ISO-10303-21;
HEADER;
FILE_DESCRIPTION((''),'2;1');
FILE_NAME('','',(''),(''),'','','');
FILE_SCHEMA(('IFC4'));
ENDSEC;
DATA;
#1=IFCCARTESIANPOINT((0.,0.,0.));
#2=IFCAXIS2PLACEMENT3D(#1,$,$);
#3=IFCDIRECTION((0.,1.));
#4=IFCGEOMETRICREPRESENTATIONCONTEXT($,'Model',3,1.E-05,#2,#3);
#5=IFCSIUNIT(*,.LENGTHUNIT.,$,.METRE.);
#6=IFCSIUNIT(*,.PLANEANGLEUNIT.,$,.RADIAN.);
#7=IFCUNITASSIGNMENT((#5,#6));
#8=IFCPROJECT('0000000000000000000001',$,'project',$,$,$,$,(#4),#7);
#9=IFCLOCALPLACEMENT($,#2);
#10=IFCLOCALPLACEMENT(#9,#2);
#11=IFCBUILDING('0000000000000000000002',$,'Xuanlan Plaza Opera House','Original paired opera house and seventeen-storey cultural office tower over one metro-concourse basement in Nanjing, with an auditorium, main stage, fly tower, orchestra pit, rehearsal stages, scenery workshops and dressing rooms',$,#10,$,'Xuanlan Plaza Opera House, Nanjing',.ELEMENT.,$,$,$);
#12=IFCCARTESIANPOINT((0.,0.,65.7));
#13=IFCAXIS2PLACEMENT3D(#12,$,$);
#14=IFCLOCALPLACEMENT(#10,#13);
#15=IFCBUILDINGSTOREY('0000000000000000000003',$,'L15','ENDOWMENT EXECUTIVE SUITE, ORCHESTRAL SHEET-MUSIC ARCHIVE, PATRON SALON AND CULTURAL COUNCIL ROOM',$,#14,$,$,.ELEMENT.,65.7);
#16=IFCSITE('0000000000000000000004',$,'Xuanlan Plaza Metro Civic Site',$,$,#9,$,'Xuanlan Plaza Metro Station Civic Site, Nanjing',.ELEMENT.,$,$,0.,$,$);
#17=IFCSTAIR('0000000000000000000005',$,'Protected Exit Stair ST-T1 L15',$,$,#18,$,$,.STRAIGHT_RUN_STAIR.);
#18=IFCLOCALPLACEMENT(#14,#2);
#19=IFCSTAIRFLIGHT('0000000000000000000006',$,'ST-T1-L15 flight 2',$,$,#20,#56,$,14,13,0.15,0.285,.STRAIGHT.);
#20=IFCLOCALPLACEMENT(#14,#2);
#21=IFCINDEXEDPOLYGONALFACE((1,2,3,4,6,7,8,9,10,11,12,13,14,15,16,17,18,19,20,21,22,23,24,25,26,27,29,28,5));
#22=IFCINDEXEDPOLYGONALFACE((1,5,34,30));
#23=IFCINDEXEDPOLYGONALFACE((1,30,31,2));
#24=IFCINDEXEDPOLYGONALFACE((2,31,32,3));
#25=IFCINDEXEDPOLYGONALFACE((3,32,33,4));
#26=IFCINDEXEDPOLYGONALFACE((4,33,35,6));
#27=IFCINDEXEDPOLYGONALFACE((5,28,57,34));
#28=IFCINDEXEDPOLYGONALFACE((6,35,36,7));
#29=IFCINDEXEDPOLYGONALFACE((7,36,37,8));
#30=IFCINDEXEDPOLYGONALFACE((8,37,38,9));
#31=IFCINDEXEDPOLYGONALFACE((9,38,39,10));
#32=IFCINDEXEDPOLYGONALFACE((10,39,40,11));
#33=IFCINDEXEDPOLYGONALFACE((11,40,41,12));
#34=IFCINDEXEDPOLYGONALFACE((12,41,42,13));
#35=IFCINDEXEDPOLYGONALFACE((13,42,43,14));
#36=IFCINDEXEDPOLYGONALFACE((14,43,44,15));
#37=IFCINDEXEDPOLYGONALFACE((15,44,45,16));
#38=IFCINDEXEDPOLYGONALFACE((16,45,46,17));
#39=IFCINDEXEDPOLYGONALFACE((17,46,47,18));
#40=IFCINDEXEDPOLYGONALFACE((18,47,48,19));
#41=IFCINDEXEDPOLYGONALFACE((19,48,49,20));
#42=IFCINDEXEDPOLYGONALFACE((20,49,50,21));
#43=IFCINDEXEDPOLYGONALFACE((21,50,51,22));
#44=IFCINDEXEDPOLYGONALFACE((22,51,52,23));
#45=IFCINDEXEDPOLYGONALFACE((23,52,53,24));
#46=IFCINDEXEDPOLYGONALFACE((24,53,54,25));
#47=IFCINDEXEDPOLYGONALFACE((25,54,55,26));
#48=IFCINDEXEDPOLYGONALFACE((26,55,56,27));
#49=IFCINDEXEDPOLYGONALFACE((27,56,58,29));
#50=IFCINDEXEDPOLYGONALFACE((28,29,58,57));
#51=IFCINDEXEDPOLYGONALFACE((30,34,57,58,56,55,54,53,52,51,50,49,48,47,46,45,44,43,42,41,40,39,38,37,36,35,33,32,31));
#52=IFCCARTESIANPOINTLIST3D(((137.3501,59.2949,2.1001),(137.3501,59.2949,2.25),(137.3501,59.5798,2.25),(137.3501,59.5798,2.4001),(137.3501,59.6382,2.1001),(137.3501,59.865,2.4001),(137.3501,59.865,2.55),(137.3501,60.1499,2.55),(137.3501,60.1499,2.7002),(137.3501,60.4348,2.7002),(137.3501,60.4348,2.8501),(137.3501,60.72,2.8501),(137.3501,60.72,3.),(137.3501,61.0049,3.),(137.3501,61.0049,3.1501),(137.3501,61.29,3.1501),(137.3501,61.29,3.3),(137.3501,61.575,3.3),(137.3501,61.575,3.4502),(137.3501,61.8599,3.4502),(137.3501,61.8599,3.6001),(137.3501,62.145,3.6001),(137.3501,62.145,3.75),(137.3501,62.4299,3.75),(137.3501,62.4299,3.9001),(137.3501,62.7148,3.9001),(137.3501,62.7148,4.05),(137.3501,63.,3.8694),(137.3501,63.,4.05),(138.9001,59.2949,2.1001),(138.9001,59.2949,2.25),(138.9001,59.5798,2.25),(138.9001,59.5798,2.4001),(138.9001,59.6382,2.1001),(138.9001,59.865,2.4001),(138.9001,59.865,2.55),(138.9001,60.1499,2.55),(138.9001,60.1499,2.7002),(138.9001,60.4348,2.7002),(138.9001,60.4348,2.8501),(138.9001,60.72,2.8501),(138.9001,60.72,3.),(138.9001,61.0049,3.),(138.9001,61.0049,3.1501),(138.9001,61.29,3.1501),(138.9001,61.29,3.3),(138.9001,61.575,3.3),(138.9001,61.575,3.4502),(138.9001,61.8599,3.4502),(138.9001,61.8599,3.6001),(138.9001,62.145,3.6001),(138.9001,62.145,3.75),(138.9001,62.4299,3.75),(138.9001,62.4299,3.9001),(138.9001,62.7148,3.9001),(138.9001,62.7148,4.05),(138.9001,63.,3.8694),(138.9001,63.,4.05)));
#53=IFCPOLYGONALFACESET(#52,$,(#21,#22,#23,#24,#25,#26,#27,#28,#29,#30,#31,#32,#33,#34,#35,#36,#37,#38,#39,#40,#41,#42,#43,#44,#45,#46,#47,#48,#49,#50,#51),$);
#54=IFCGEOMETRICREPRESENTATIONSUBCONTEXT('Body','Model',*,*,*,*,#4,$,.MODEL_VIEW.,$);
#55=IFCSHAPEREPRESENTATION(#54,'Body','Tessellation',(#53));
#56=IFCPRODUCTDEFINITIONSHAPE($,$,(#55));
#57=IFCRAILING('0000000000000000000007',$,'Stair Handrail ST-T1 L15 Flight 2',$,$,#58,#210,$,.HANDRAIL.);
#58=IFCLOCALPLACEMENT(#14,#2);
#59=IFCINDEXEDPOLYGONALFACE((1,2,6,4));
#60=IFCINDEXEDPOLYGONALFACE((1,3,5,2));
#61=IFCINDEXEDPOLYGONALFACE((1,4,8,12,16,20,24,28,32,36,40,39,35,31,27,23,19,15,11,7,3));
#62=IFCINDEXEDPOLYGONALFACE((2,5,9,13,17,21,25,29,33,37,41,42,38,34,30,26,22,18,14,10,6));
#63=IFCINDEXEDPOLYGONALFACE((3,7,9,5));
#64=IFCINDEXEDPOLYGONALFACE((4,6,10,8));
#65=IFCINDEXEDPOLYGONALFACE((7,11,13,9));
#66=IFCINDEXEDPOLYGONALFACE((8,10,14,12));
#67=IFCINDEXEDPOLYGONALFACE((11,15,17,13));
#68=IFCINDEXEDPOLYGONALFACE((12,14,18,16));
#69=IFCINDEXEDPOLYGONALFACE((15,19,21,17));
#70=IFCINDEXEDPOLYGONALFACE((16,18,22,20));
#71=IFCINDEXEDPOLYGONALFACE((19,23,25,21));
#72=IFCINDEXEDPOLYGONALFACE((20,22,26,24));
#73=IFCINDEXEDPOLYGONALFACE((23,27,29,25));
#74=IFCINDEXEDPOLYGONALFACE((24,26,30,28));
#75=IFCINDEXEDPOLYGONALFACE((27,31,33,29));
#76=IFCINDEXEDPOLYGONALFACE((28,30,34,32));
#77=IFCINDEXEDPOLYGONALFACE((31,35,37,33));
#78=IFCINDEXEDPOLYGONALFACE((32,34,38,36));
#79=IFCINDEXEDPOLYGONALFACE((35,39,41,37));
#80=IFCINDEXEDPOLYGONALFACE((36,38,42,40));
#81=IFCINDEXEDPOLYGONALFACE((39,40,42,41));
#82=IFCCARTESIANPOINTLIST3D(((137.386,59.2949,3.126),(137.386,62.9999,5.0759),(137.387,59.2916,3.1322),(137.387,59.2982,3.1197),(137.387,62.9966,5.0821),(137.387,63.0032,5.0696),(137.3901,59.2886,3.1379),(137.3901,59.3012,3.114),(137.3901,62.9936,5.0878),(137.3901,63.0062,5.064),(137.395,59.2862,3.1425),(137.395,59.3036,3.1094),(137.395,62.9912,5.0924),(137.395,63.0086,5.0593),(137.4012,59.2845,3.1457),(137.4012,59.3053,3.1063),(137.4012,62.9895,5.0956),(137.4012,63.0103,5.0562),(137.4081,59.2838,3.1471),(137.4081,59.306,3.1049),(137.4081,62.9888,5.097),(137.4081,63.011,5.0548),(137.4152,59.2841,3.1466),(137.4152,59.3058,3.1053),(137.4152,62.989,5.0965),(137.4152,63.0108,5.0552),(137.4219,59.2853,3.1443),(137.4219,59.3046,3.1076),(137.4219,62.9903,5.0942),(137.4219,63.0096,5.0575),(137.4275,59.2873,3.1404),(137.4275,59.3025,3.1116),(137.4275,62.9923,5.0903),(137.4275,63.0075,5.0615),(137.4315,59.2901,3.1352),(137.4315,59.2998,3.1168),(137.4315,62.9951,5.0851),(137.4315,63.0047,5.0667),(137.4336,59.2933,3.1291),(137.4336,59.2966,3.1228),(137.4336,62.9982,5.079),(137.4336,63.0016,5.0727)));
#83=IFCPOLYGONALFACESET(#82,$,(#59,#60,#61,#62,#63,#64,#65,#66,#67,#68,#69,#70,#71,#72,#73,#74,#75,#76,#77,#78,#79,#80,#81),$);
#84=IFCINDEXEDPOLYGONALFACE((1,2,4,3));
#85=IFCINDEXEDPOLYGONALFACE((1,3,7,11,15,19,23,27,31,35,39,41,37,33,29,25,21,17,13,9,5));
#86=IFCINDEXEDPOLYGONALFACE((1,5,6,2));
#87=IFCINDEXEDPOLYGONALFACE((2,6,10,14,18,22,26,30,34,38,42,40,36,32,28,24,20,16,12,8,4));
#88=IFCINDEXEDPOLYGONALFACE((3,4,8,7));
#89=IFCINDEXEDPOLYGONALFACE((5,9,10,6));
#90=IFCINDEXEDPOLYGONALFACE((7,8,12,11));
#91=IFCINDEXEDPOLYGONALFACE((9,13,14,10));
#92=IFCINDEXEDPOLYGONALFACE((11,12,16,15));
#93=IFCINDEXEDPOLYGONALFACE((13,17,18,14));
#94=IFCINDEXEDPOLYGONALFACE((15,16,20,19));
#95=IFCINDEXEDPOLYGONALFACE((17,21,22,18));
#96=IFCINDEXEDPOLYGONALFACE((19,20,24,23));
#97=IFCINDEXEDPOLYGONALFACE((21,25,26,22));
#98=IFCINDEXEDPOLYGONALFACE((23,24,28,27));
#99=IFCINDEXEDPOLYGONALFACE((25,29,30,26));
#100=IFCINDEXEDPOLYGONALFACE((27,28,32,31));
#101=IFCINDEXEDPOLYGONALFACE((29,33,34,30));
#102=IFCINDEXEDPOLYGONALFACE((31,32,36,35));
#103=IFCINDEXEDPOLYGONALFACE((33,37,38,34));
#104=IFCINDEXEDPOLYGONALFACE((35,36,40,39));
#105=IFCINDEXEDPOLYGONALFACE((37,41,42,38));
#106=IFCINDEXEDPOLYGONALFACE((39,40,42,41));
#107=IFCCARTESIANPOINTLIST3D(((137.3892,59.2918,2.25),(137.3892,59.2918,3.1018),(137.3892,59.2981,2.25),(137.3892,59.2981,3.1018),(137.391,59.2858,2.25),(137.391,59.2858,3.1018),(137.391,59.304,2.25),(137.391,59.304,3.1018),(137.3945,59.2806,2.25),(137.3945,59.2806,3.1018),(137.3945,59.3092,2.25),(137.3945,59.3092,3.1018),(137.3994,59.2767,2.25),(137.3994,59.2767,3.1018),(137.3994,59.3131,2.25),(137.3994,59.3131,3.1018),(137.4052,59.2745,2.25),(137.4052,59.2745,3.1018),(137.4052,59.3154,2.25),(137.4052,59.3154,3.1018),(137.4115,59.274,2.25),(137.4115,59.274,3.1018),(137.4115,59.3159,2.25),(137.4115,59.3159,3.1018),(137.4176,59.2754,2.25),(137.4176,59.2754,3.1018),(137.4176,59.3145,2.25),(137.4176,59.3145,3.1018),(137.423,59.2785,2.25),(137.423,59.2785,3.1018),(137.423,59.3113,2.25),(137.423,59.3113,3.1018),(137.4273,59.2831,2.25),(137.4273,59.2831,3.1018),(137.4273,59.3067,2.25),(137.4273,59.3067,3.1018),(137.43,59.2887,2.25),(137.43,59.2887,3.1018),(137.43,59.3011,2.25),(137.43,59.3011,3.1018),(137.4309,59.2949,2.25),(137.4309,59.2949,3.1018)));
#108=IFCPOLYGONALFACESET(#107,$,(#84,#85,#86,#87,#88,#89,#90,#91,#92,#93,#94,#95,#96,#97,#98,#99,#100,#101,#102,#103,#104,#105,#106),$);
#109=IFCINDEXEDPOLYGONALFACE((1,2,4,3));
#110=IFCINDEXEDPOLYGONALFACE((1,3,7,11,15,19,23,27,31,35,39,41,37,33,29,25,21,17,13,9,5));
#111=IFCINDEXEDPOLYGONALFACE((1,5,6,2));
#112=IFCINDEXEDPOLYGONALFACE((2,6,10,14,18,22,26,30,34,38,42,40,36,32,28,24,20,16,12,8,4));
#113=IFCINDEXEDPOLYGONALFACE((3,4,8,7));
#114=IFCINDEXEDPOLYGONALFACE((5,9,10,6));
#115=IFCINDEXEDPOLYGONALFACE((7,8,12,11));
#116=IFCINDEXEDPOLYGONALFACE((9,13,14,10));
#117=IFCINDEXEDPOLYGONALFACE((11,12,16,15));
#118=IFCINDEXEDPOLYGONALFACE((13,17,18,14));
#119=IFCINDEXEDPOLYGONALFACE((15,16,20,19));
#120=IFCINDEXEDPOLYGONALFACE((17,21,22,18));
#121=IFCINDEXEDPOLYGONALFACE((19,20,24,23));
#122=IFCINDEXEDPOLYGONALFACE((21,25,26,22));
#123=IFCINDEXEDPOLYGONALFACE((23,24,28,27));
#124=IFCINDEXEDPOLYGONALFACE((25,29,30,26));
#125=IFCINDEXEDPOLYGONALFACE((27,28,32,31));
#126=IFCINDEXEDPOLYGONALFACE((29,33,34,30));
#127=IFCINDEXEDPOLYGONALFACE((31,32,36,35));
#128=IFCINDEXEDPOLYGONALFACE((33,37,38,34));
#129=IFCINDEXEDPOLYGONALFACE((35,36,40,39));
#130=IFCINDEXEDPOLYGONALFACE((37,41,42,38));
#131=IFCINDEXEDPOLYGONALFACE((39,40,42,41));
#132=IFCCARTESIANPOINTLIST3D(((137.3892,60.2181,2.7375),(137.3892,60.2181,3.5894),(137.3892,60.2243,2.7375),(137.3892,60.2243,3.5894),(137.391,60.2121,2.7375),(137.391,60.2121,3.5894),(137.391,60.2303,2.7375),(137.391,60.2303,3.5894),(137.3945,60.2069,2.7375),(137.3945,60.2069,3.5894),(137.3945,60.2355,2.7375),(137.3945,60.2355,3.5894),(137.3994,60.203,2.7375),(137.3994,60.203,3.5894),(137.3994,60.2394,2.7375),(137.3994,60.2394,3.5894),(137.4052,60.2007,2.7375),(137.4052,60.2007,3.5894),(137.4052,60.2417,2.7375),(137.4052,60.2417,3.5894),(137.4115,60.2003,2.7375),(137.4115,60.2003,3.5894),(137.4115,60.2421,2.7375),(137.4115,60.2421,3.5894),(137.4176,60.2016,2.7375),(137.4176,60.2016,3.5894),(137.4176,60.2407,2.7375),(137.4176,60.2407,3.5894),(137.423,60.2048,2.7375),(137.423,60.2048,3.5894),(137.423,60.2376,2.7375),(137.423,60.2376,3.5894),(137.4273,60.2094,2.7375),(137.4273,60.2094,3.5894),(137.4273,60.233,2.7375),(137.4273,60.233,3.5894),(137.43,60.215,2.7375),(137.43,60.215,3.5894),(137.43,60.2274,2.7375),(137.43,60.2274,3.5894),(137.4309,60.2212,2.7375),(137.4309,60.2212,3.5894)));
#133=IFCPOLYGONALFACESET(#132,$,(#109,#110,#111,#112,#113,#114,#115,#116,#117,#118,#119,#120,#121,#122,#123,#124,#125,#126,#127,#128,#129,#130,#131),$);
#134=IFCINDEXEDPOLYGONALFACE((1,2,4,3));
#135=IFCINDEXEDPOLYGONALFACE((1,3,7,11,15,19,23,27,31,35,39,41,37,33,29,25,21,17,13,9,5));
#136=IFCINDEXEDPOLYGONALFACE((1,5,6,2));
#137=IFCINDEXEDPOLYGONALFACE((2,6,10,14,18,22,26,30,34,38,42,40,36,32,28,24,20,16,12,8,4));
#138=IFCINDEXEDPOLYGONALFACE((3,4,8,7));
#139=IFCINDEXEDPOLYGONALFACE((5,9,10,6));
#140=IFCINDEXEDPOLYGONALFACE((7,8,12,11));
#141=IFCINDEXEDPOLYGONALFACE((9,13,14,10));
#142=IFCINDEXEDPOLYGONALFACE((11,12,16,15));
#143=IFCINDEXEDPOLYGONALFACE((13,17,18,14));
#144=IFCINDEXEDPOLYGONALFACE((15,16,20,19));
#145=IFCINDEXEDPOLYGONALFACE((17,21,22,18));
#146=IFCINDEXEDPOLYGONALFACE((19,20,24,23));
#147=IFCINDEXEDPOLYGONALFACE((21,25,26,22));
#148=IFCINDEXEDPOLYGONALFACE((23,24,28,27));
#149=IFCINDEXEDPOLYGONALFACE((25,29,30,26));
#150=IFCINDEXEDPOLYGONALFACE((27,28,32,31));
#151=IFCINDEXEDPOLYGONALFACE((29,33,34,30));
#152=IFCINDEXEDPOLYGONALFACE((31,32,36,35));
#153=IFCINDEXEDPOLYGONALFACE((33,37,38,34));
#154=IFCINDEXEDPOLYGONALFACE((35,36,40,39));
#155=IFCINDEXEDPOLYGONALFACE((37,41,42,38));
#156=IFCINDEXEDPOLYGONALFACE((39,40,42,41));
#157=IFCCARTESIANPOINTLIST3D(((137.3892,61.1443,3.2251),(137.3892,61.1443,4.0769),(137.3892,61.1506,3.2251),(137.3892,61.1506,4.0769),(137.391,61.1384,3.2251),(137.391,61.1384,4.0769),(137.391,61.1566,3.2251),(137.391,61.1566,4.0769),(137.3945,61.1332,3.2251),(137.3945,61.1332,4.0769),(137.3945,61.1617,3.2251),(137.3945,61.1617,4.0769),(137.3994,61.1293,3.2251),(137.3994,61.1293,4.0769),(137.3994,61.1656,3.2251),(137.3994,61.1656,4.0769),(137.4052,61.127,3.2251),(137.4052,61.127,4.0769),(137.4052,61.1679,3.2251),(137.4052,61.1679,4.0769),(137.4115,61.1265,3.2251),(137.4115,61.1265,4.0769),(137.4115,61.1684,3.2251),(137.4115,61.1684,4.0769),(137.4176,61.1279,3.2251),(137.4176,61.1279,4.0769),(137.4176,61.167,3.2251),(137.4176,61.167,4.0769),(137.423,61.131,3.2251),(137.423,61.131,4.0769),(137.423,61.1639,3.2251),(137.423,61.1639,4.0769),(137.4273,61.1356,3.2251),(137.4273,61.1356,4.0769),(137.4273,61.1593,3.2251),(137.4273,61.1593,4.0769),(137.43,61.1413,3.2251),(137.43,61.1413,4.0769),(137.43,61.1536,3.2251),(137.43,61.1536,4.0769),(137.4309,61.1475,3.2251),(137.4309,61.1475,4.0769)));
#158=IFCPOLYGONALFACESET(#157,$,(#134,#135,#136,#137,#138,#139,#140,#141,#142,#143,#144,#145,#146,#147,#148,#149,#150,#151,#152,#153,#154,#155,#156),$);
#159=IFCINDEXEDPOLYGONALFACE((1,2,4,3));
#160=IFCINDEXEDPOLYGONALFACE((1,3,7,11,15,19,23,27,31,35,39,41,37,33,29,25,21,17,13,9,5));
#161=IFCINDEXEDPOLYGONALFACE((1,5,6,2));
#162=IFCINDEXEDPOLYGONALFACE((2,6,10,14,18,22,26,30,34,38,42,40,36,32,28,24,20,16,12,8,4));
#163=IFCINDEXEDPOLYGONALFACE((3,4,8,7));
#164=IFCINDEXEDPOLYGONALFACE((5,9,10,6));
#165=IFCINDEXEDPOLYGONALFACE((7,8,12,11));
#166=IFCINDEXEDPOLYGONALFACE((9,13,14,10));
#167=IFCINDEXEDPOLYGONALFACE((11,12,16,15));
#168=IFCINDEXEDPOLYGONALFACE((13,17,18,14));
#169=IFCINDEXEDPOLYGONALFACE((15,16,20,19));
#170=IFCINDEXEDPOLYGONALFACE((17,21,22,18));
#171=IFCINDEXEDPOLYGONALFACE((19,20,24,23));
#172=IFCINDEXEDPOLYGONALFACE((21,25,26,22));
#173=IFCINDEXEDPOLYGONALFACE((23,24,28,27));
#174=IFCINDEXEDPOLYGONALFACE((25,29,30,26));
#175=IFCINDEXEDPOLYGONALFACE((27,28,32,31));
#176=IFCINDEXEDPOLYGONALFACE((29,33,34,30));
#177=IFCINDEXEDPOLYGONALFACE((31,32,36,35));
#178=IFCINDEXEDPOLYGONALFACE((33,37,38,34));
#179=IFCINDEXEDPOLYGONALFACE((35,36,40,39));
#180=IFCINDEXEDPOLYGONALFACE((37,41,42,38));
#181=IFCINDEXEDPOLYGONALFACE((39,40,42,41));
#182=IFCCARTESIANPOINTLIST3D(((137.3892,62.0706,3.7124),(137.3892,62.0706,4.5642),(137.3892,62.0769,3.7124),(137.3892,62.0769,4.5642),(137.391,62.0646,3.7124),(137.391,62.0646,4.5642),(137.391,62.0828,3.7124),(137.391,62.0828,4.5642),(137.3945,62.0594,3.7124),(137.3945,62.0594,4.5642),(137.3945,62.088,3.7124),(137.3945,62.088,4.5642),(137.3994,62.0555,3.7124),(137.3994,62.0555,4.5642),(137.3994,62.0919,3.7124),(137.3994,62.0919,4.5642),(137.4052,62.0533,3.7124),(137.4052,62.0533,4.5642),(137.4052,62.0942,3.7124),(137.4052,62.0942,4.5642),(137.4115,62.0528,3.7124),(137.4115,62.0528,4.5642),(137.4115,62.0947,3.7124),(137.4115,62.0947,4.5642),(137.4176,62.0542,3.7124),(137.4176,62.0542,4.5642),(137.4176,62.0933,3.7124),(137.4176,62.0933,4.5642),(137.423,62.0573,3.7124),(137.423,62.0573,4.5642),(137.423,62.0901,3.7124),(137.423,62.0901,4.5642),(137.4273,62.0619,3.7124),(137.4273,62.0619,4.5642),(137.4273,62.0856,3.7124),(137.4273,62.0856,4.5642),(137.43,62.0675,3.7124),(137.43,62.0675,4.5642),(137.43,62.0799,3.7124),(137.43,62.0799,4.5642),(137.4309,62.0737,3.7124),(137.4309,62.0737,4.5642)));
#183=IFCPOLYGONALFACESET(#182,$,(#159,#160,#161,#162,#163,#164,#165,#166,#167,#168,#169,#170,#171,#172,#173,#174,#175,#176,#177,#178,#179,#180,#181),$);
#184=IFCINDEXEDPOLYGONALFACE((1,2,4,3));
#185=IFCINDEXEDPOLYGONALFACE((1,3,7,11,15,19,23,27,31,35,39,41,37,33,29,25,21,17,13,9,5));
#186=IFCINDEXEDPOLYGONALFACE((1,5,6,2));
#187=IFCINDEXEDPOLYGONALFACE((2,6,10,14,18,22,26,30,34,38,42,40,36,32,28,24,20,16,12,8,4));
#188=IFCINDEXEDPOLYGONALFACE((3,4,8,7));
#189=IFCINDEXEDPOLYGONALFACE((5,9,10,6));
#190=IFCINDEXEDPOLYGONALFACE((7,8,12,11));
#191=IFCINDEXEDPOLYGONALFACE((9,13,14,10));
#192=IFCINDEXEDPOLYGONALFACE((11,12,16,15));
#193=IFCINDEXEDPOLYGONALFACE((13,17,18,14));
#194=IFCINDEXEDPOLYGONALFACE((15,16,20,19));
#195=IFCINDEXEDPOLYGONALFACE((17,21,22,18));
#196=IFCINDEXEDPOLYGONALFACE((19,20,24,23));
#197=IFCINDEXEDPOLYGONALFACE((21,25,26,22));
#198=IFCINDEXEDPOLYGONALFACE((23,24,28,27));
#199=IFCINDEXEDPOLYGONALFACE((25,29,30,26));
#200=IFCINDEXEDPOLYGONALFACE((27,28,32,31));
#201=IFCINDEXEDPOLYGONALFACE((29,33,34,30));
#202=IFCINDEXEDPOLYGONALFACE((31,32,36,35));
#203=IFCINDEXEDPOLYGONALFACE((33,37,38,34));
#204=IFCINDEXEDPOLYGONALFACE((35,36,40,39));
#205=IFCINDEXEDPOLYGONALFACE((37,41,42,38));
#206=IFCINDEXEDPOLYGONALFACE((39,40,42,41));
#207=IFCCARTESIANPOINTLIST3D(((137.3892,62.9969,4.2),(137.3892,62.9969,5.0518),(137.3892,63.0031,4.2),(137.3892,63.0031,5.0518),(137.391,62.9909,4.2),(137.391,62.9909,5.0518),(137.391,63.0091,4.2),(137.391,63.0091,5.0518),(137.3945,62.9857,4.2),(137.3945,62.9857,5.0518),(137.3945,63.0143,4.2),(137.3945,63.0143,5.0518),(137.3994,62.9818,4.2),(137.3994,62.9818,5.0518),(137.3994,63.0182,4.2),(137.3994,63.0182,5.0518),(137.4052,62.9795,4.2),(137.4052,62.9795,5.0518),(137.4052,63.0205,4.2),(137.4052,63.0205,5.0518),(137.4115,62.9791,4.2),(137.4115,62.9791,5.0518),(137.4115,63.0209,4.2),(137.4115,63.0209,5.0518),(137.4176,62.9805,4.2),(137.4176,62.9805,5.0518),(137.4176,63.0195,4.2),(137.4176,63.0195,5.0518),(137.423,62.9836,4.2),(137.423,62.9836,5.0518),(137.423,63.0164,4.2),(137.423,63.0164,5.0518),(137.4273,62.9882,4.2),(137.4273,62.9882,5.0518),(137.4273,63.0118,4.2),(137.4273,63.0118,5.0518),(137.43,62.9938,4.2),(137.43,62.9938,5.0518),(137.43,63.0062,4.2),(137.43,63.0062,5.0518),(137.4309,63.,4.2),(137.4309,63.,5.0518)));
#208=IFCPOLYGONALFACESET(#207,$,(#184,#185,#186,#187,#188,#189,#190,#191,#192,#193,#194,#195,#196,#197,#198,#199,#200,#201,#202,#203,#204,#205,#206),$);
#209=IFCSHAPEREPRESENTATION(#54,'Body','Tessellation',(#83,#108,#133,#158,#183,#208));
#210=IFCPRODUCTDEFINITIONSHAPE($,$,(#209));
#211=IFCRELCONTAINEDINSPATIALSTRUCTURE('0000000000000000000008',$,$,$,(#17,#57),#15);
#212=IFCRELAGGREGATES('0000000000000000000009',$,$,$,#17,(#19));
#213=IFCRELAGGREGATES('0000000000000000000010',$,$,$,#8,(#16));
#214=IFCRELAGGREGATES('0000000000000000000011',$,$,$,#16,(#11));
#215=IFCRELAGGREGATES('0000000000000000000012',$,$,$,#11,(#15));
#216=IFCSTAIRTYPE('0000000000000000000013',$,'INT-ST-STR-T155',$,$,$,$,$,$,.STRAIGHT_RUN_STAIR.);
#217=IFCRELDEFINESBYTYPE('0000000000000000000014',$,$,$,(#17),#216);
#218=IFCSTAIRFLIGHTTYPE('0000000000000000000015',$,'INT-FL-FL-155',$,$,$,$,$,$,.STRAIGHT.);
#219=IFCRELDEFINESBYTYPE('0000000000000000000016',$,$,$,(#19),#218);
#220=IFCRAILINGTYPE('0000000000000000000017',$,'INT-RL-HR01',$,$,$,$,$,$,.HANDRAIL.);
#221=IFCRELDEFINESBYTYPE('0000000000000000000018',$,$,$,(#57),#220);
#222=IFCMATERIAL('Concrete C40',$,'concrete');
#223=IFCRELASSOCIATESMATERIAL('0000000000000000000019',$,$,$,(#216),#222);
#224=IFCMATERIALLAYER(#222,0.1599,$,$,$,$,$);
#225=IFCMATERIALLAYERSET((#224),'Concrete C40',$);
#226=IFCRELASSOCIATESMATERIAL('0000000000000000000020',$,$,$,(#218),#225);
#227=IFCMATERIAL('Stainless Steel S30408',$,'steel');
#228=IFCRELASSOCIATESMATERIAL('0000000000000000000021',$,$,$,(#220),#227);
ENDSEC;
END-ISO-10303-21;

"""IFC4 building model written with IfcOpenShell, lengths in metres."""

from ifc_helpers import new_model, si_unit, direction, frame, origin, origin_2d, place, context, subcontext, project, spatial, polyline, circle, outline, extrude, material, layer, layer_set, type_object, element, aggregate, save


model = new_model("IFC4")

# Units and contexts
model_context = context("Model", 3, precision=1e-05, world=origin(), true_north=direction((0.0, 1.0)))
body_context = subcontext(model_context, "Body", "Model", "MODEL_VIEW")
ifc_project = project(units=[si_unit("LENGTHUNIT", "METRE"), si_unit("PLANEANGLEUNIT", "RADIAN")], contexts=[model_context])

# Site, building, storey
site_placement = place(None, origin())
site = spatial("IfcSite", under=ifc_project, at=site_placement, Name="Xuanlan Plaza Metro Civic Site", LongName="Xuanlan Plaza Metro Station Civic Site, Nanjing", CompositionType="ELEMENT", RefElevation=0.0)
building_placement = place(site_placement, origin())
building = spatial("IfcBuilding", under=site, at=building_placement, Name="Xuanlan Plaza Opera House", Description="Original paired opera house and seventeen-storey cultural office tower over one metro-concourse basement in Nanjing, with an auditorium, main stage, fly tower, orchestra pit, rehearsal stages, scenery workshops and dressing rooms", LongName="Xuanlan Plaza Opera House, Nanjing", CompositionType="ELEMENT")
storey_placement = place(building_placement, frame((0.0, 0.0, 65.7)))
storey = spatial("IfcBuildingStorey", under=building, at=storey_placement, Name="L15", Description="ENDOWMENT EXECUTIVE SUITE, ORCHESTRAL SHEET-MUSIC ARCHIVE, PATRON SALON AND CULTURAL COUNCIL ROOM", CompositionType="ELEMENT", Elevation=65.7)

# Shared definitions
ifc_material_1 = material(Name="Concrete C40", Category="concrete")

# Stair, stair flight
stair_type = type_object("IfcStairType", Name="INT-ST-STR-T155", PredefinedType="STRAIGHT_RUN_STAIR", material=ifc_material_1)
stair_placement = place(storey_placement, origin())
stair = element("IfcStair", 1, at=stair_placement, inside=storey, type_object=stair_type, Name="Protected Exit Stair ST-T1 L15", PredefinedType="STRAIGHT_RUN_STAIR")
ifc_layer_1 = layer(ifc_material_1, 0.1599)
ifc_layer_set_1 = layer_set([ifc_layer_1], Name="Concrete C40")
stair_flight_type = type_object("IfcStairFlightType", Name="INT-FL-FL-155", PredefinedType="STRAIGHT", material=ifc_layer_set_1)
stair_flight_placement = place(storey_placement, frame((138.125, 59.2949, 2.1001), z_axis=(0.0, 0.0, 1.0), x_axis=(0.0, 1.0, 0.0)))
stair_flight = element("IfcStairFlight", 2, at=stair_flight_placement, type_object=stair_flight_type, Name="ST-T1-L15 flight 2", NumberOfRisers=14, NumberOfTreads=13, PredefinedType="STRAIGHT", RiserHeight=0.15, TreadLength=0.285, context=body_context, shape_type="SweptSolid", body=[
    extrude(outline(polyline([(0.0, 0.0), (0.0, 0.1499), (0.2849, 0.1499), (0.2849, 0.3), (0.5701, 0.3), (0.5701, 0.45), (0.855, 0.45), (0.855, 0.6001), (1.1399, 0.6001), (1.1399, 0.75), (1.425, 0.75), (1.425, 0.8999), (1.71, 0.8999), (1.71, 1.05), (1.9951, 1.05), (1.9951, 1.2), (2.28, 1.2), (2.28, 1.3501), (2.5649, 1.3501), (2.5649, 1.5), (2.8501, 1.5), (2.8501, 1.6499), (3.135, 1.6499), (3.135, 1.8), (3.4199, 1.8), (3.4199, 1.95), (3.7051, 1.95), (3.7051, 2.1001), (3.7051, 1.7693), (0.3433, 0.0), (0.0, 0.0)])), frame((0.0, 0.7749, 0.0), z_axis=(0.0, -1.0, 0.0), x_axis=(1.0, 0.0, 0.0)), (0.0, 0.0, 1.0), 1.55),
])
aggregate(stair, [stair_flight])

# Railing
ifc_material_2 = material(Name="Stainless Steel S30408", Category="steel")
railing_type = type_object("IfcRailingType", Name="INT-RL-HR01", PredefinedType="HANDRAIL", material=ifc_material_2)
railing_placement = place(storey_placement, frame((137.4099, 59.2949, 2.25)))
element("IfcRailing", 3, at=railing_placement, inside=storey, type_object=railing_type, Name="Stair Handrail ST-T1 L15 Flight 2", PredefinedType="HANDRAIL", context=body_context, shape_type="SweptSolid", body=[
    extrude(circle(Radius=0.0239, at=origin_2d()), frame((0.0, 0.0, 0.876), z_axis=(0.0, 0.884927, 0.46573), x_axis=(-1.0, 0.0, 0.0)), (0.0, 0.0, 1.0), 4.1868),
    extrude(circle(Radius=0.021, at=origin_2d()), origin(), (0.0, 0.0, 1.0), 0.8518),
    extrude(circle(Radius=0.021, at=origin_2d()), frame((0.0, 0.9263, 0.4875)), (0.0, 0.0, 1.0), 0.8518),
    extrude(circle(Radius=0.021, at=origin_2d()), frame((0.0, 1.8525, 0.9751)), (0.0, 0.0, 1.0), 0.8518),
    extrude(circle(Radius=0.021, at=origin_2d()), frame((0.0, 2.7788, 1.4624)), (0.0, 0.0, 1.0), 0.8518),
    extrude(circle(Radius=0.021, at=origin_2d()), frame((0.0, 3.7051, 1.95)), (0.0, 0.0, 1.0), 0.8518),
])

save(model, "model.ifc")
